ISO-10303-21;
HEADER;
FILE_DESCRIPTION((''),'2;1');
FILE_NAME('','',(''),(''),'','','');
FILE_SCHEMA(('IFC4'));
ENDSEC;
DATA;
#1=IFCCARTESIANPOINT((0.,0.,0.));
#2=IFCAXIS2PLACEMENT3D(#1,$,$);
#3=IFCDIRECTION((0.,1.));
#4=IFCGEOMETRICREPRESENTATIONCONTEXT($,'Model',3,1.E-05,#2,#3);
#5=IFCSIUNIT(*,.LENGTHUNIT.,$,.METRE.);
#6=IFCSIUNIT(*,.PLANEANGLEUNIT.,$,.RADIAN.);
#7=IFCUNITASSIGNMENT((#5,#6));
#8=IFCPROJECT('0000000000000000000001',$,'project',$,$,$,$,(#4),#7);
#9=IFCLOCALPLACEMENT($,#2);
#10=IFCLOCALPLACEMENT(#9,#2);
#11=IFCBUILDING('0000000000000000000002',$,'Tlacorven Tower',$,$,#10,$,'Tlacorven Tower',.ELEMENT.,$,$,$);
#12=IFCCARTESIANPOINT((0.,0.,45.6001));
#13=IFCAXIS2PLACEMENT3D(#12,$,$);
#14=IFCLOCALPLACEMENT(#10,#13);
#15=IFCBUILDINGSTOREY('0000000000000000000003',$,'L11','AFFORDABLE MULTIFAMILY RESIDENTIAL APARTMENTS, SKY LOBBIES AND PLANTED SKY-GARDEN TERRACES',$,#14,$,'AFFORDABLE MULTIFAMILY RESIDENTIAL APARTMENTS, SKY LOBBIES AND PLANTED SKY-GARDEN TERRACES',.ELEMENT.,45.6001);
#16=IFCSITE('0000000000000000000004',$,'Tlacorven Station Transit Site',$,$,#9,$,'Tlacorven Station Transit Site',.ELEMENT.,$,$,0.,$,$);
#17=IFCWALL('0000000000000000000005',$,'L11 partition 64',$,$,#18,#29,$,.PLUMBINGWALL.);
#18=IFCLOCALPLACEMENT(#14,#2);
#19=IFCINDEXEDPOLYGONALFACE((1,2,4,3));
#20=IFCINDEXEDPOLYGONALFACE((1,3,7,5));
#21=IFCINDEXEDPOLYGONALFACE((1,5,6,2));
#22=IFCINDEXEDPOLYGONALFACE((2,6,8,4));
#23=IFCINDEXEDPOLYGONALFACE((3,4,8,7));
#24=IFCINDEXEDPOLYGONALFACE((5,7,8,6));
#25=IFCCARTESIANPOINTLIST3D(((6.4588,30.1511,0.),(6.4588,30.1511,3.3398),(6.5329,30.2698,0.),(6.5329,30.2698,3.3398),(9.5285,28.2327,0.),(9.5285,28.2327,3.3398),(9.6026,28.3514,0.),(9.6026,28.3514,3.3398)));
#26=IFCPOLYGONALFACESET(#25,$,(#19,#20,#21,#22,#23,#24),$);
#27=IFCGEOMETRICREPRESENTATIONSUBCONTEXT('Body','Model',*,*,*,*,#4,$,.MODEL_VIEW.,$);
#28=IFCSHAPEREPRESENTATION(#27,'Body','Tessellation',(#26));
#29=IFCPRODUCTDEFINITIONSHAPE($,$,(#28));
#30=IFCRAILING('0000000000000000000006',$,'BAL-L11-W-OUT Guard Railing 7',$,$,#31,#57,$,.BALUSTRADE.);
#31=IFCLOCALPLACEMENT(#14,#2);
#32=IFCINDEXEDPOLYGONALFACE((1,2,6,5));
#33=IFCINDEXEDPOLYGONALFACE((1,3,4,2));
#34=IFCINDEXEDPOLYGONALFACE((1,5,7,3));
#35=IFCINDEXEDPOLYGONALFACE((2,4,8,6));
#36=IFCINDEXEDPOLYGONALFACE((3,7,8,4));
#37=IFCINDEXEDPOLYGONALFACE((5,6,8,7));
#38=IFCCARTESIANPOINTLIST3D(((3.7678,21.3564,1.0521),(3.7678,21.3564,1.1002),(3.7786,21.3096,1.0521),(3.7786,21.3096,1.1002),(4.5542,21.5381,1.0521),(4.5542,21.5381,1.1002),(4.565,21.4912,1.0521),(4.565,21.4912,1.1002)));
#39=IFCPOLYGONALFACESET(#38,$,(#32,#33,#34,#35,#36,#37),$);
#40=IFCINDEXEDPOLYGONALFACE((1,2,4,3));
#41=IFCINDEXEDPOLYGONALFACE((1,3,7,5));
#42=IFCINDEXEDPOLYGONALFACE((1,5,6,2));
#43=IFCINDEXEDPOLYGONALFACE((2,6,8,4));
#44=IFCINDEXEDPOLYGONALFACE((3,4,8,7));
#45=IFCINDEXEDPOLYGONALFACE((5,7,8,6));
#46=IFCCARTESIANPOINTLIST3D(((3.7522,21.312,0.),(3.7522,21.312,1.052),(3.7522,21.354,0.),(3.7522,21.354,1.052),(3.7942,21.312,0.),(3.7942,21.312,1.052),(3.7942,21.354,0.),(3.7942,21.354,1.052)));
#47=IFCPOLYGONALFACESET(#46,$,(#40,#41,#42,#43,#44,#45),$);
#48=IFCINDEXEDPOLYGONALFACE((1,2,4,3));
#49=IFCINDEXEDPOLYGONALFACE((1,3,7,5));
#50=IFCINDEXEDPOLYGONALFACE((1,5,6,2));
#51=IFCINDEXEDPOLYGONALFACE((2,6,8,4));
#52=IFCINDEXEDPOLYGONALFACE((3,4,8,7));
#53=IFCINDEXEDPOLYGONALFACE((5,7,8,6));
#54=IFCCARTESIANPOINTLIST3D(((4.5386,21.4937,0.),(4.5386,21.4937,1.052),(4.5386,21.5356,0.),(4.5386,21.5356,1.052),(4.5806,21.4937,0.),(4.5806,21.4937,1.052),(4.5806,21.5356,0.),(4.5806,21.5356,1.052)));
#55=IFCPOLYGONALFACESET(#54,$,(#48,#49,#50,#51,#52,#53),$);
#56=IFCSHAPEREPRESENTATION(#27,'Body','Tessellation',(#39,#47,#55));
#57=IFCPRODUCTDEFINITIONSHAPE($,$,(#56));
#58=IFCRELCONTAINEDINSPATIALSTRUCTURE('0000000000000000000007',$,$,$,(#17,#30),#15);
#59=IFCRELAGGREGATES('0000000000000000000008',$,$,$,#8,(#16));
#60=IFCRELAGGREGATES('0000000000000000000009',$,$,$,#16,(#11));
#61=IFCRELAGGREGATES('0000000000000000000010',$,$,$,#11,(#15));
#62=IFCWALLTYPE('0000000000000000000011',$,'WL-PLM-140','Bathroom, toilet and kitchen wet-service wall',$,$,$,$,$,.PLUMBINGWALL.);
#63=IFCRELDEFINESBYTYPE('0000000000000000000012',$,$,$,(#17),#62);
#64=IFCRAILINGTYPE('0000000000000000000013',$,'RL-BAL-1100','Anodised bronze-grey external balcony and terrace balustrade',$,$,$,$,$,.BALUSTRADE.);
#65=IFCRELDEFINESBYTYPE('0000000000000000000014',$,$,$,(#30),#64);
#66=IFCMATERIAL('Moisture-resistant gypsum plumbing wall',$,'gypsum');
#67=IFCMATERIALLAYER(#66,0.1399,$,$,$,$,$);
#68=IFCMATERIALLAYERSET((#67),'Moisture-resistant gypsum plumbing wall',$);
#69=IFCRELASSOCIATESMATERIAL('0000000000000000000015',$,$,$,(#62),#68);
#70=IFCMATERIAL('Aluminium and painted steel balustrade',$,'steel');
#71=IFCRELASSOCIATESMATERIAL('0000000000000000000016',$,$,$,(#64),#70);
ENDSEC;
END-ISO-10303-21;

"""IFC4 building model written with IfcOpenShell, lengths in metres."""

from ifc_helpers import new_model, si_unit, direction, frame, frame_2d, origin, origin_2d, place, context, subcontext, project, spatial, rectangle, extrude, source, transform, mapped, material, layer, layer_set, type_object, element, save


model = new_model("IFC4")

# Units and contexts
model_context = context("Model", 3, precision=1e-05, world=origin(), true_north=direction((0.0, 1.0)))
body_context = subcontext(model_context, "Body", "Model", "MODEL_VIEW")
ifc_project = project(units=[si_unit("LENGTHUNIT", "METRE"), si_unit("PLANEANGLEUNIT", "RADIAN")], contexts=[model_context])

# Site, building, storey
site_placement = place(None, origin())
site = spatial("IfcSite", under=ifc_project, at=site_placement, Name="Tlacorven Station Transit Site", LongName="Tlacorven Station Transit Site", CompositionType="ELEMENT", RefElevation=0.0)
building_placement = place(site_placement, origin())
building = spatial("IfcBuilding", under=site, at=building_placement, Name="Tlacorven Tower", LongName="Tlacorven Tower", CompositionType="ELEMENT")
storey_placement = place(building_placement, frame((0.0, 0.0, 45.6001)))
storey = spatial("IfcBuildingStorey", under=building, at=storey_placement, Name="L11", Description="AFFORDABLE MULTIFAMILY RESIDENTIAL APARTMENTS, SKY LOBBIES AND PLANTED SKY-GARDEN TERRACES", LongName="AFFORDABLE MULTIFAMILY RESIDENTIAL APARTMENTS, SKY LOBBIES AND PLANTED SKY-GARDEN TERRACES", CompositionType="ELEMENT", Elevation=45.6001)

# Shared definitions
ifc_material_1 = material(Name="Moisture-resistant gypsum plumbing wall", Category="gypsum")
ifc_layer_1 = layer(ifc_material_1, 0.1399)
ifc_layer_set_1 = layer_set([ifc_layer_1], Name="Moisture-resistant gypsum plumbing wall")
wall_type_1 = type_object("IfcWallType", Name="WL-PLM-140", Description="Bathroom, toilet and kitchen wet-service wall", PredefinedType="PLUMBINGWALL", material=ifc_layer_set_1)

# Wall
wall_1_placement = place(storey_placement, frame((9.5657, 28.292, 0.0), z_axis=(0.0, 0.0, 1.0), x_axis=(-0.848021, 0.529963, 0.0)))
element("IfcWall", 1, at=wall_1_placement, inside=storey, type_object=wall_type_1, Name="L11 partition 64", PredefinedType="PLUMBINGWALL", context=body_context, shape_type="SweptSolid", body=[
    extrude(rectangle(XDim=3.6199, YDim=0.1399, at=frame_2d((1.8101, 0.0))), origin(), (0.0, 0.0, 1.0), 3.3398),
])

# Railing
ifc_material_2 = material(Name="Aluminium and painted steel balustrade", Category="steel")
railing_type = type_object("IfcRailingType", Name="RL-BAL-1100", Description="Anodised bronze-grey external balcony and terrace balustrade", PredefinedType="BALUSTRADE", material=ifc_material_2)
shared_shape_1 = source(origin(), body_context, "Body", "SweptSolid", [
    extrude(rectangle(XDim=0.0481, YDim=0.0481, at=origin_2d()), frame((0.0, 0.0, 1.0762), z_axis=(0.974345, 0.225058, 0.0), x_axis=(-0.225058, 0.974345, 0.0)), (0.0, 0.0, 1.0), 0.8071),
    extrude(rectangle(XDim=0.042, YDim=0.042, at=origin_2d()), origin(), (0.0, 0.0, 1.0), 1.052),
    extrude(rectangle(XDim=0.042, YDim=0.042, at=origin_2d()), frame((0.7864, 0.1816, 0.0)), (0.0, 0.0, 1.0), 1.052),
])
railing_placement = place(storey_placement, frame((3.7732, 21.333, 0.0)))
element("IfcRailing", 2, at=railing_placement, inside=storey, type_object=railing_type, Name="BAL-L11-W-OUT Guard Railing 7", PredefinedType="BALUSTRADE", context=body_context, shape_type="MappedRepresentation", body=[
    mapped(shared_shape_1, transform((0.0, 0.0, 0.0), scale=1.0)),
])

save(model, "model.ifc")
